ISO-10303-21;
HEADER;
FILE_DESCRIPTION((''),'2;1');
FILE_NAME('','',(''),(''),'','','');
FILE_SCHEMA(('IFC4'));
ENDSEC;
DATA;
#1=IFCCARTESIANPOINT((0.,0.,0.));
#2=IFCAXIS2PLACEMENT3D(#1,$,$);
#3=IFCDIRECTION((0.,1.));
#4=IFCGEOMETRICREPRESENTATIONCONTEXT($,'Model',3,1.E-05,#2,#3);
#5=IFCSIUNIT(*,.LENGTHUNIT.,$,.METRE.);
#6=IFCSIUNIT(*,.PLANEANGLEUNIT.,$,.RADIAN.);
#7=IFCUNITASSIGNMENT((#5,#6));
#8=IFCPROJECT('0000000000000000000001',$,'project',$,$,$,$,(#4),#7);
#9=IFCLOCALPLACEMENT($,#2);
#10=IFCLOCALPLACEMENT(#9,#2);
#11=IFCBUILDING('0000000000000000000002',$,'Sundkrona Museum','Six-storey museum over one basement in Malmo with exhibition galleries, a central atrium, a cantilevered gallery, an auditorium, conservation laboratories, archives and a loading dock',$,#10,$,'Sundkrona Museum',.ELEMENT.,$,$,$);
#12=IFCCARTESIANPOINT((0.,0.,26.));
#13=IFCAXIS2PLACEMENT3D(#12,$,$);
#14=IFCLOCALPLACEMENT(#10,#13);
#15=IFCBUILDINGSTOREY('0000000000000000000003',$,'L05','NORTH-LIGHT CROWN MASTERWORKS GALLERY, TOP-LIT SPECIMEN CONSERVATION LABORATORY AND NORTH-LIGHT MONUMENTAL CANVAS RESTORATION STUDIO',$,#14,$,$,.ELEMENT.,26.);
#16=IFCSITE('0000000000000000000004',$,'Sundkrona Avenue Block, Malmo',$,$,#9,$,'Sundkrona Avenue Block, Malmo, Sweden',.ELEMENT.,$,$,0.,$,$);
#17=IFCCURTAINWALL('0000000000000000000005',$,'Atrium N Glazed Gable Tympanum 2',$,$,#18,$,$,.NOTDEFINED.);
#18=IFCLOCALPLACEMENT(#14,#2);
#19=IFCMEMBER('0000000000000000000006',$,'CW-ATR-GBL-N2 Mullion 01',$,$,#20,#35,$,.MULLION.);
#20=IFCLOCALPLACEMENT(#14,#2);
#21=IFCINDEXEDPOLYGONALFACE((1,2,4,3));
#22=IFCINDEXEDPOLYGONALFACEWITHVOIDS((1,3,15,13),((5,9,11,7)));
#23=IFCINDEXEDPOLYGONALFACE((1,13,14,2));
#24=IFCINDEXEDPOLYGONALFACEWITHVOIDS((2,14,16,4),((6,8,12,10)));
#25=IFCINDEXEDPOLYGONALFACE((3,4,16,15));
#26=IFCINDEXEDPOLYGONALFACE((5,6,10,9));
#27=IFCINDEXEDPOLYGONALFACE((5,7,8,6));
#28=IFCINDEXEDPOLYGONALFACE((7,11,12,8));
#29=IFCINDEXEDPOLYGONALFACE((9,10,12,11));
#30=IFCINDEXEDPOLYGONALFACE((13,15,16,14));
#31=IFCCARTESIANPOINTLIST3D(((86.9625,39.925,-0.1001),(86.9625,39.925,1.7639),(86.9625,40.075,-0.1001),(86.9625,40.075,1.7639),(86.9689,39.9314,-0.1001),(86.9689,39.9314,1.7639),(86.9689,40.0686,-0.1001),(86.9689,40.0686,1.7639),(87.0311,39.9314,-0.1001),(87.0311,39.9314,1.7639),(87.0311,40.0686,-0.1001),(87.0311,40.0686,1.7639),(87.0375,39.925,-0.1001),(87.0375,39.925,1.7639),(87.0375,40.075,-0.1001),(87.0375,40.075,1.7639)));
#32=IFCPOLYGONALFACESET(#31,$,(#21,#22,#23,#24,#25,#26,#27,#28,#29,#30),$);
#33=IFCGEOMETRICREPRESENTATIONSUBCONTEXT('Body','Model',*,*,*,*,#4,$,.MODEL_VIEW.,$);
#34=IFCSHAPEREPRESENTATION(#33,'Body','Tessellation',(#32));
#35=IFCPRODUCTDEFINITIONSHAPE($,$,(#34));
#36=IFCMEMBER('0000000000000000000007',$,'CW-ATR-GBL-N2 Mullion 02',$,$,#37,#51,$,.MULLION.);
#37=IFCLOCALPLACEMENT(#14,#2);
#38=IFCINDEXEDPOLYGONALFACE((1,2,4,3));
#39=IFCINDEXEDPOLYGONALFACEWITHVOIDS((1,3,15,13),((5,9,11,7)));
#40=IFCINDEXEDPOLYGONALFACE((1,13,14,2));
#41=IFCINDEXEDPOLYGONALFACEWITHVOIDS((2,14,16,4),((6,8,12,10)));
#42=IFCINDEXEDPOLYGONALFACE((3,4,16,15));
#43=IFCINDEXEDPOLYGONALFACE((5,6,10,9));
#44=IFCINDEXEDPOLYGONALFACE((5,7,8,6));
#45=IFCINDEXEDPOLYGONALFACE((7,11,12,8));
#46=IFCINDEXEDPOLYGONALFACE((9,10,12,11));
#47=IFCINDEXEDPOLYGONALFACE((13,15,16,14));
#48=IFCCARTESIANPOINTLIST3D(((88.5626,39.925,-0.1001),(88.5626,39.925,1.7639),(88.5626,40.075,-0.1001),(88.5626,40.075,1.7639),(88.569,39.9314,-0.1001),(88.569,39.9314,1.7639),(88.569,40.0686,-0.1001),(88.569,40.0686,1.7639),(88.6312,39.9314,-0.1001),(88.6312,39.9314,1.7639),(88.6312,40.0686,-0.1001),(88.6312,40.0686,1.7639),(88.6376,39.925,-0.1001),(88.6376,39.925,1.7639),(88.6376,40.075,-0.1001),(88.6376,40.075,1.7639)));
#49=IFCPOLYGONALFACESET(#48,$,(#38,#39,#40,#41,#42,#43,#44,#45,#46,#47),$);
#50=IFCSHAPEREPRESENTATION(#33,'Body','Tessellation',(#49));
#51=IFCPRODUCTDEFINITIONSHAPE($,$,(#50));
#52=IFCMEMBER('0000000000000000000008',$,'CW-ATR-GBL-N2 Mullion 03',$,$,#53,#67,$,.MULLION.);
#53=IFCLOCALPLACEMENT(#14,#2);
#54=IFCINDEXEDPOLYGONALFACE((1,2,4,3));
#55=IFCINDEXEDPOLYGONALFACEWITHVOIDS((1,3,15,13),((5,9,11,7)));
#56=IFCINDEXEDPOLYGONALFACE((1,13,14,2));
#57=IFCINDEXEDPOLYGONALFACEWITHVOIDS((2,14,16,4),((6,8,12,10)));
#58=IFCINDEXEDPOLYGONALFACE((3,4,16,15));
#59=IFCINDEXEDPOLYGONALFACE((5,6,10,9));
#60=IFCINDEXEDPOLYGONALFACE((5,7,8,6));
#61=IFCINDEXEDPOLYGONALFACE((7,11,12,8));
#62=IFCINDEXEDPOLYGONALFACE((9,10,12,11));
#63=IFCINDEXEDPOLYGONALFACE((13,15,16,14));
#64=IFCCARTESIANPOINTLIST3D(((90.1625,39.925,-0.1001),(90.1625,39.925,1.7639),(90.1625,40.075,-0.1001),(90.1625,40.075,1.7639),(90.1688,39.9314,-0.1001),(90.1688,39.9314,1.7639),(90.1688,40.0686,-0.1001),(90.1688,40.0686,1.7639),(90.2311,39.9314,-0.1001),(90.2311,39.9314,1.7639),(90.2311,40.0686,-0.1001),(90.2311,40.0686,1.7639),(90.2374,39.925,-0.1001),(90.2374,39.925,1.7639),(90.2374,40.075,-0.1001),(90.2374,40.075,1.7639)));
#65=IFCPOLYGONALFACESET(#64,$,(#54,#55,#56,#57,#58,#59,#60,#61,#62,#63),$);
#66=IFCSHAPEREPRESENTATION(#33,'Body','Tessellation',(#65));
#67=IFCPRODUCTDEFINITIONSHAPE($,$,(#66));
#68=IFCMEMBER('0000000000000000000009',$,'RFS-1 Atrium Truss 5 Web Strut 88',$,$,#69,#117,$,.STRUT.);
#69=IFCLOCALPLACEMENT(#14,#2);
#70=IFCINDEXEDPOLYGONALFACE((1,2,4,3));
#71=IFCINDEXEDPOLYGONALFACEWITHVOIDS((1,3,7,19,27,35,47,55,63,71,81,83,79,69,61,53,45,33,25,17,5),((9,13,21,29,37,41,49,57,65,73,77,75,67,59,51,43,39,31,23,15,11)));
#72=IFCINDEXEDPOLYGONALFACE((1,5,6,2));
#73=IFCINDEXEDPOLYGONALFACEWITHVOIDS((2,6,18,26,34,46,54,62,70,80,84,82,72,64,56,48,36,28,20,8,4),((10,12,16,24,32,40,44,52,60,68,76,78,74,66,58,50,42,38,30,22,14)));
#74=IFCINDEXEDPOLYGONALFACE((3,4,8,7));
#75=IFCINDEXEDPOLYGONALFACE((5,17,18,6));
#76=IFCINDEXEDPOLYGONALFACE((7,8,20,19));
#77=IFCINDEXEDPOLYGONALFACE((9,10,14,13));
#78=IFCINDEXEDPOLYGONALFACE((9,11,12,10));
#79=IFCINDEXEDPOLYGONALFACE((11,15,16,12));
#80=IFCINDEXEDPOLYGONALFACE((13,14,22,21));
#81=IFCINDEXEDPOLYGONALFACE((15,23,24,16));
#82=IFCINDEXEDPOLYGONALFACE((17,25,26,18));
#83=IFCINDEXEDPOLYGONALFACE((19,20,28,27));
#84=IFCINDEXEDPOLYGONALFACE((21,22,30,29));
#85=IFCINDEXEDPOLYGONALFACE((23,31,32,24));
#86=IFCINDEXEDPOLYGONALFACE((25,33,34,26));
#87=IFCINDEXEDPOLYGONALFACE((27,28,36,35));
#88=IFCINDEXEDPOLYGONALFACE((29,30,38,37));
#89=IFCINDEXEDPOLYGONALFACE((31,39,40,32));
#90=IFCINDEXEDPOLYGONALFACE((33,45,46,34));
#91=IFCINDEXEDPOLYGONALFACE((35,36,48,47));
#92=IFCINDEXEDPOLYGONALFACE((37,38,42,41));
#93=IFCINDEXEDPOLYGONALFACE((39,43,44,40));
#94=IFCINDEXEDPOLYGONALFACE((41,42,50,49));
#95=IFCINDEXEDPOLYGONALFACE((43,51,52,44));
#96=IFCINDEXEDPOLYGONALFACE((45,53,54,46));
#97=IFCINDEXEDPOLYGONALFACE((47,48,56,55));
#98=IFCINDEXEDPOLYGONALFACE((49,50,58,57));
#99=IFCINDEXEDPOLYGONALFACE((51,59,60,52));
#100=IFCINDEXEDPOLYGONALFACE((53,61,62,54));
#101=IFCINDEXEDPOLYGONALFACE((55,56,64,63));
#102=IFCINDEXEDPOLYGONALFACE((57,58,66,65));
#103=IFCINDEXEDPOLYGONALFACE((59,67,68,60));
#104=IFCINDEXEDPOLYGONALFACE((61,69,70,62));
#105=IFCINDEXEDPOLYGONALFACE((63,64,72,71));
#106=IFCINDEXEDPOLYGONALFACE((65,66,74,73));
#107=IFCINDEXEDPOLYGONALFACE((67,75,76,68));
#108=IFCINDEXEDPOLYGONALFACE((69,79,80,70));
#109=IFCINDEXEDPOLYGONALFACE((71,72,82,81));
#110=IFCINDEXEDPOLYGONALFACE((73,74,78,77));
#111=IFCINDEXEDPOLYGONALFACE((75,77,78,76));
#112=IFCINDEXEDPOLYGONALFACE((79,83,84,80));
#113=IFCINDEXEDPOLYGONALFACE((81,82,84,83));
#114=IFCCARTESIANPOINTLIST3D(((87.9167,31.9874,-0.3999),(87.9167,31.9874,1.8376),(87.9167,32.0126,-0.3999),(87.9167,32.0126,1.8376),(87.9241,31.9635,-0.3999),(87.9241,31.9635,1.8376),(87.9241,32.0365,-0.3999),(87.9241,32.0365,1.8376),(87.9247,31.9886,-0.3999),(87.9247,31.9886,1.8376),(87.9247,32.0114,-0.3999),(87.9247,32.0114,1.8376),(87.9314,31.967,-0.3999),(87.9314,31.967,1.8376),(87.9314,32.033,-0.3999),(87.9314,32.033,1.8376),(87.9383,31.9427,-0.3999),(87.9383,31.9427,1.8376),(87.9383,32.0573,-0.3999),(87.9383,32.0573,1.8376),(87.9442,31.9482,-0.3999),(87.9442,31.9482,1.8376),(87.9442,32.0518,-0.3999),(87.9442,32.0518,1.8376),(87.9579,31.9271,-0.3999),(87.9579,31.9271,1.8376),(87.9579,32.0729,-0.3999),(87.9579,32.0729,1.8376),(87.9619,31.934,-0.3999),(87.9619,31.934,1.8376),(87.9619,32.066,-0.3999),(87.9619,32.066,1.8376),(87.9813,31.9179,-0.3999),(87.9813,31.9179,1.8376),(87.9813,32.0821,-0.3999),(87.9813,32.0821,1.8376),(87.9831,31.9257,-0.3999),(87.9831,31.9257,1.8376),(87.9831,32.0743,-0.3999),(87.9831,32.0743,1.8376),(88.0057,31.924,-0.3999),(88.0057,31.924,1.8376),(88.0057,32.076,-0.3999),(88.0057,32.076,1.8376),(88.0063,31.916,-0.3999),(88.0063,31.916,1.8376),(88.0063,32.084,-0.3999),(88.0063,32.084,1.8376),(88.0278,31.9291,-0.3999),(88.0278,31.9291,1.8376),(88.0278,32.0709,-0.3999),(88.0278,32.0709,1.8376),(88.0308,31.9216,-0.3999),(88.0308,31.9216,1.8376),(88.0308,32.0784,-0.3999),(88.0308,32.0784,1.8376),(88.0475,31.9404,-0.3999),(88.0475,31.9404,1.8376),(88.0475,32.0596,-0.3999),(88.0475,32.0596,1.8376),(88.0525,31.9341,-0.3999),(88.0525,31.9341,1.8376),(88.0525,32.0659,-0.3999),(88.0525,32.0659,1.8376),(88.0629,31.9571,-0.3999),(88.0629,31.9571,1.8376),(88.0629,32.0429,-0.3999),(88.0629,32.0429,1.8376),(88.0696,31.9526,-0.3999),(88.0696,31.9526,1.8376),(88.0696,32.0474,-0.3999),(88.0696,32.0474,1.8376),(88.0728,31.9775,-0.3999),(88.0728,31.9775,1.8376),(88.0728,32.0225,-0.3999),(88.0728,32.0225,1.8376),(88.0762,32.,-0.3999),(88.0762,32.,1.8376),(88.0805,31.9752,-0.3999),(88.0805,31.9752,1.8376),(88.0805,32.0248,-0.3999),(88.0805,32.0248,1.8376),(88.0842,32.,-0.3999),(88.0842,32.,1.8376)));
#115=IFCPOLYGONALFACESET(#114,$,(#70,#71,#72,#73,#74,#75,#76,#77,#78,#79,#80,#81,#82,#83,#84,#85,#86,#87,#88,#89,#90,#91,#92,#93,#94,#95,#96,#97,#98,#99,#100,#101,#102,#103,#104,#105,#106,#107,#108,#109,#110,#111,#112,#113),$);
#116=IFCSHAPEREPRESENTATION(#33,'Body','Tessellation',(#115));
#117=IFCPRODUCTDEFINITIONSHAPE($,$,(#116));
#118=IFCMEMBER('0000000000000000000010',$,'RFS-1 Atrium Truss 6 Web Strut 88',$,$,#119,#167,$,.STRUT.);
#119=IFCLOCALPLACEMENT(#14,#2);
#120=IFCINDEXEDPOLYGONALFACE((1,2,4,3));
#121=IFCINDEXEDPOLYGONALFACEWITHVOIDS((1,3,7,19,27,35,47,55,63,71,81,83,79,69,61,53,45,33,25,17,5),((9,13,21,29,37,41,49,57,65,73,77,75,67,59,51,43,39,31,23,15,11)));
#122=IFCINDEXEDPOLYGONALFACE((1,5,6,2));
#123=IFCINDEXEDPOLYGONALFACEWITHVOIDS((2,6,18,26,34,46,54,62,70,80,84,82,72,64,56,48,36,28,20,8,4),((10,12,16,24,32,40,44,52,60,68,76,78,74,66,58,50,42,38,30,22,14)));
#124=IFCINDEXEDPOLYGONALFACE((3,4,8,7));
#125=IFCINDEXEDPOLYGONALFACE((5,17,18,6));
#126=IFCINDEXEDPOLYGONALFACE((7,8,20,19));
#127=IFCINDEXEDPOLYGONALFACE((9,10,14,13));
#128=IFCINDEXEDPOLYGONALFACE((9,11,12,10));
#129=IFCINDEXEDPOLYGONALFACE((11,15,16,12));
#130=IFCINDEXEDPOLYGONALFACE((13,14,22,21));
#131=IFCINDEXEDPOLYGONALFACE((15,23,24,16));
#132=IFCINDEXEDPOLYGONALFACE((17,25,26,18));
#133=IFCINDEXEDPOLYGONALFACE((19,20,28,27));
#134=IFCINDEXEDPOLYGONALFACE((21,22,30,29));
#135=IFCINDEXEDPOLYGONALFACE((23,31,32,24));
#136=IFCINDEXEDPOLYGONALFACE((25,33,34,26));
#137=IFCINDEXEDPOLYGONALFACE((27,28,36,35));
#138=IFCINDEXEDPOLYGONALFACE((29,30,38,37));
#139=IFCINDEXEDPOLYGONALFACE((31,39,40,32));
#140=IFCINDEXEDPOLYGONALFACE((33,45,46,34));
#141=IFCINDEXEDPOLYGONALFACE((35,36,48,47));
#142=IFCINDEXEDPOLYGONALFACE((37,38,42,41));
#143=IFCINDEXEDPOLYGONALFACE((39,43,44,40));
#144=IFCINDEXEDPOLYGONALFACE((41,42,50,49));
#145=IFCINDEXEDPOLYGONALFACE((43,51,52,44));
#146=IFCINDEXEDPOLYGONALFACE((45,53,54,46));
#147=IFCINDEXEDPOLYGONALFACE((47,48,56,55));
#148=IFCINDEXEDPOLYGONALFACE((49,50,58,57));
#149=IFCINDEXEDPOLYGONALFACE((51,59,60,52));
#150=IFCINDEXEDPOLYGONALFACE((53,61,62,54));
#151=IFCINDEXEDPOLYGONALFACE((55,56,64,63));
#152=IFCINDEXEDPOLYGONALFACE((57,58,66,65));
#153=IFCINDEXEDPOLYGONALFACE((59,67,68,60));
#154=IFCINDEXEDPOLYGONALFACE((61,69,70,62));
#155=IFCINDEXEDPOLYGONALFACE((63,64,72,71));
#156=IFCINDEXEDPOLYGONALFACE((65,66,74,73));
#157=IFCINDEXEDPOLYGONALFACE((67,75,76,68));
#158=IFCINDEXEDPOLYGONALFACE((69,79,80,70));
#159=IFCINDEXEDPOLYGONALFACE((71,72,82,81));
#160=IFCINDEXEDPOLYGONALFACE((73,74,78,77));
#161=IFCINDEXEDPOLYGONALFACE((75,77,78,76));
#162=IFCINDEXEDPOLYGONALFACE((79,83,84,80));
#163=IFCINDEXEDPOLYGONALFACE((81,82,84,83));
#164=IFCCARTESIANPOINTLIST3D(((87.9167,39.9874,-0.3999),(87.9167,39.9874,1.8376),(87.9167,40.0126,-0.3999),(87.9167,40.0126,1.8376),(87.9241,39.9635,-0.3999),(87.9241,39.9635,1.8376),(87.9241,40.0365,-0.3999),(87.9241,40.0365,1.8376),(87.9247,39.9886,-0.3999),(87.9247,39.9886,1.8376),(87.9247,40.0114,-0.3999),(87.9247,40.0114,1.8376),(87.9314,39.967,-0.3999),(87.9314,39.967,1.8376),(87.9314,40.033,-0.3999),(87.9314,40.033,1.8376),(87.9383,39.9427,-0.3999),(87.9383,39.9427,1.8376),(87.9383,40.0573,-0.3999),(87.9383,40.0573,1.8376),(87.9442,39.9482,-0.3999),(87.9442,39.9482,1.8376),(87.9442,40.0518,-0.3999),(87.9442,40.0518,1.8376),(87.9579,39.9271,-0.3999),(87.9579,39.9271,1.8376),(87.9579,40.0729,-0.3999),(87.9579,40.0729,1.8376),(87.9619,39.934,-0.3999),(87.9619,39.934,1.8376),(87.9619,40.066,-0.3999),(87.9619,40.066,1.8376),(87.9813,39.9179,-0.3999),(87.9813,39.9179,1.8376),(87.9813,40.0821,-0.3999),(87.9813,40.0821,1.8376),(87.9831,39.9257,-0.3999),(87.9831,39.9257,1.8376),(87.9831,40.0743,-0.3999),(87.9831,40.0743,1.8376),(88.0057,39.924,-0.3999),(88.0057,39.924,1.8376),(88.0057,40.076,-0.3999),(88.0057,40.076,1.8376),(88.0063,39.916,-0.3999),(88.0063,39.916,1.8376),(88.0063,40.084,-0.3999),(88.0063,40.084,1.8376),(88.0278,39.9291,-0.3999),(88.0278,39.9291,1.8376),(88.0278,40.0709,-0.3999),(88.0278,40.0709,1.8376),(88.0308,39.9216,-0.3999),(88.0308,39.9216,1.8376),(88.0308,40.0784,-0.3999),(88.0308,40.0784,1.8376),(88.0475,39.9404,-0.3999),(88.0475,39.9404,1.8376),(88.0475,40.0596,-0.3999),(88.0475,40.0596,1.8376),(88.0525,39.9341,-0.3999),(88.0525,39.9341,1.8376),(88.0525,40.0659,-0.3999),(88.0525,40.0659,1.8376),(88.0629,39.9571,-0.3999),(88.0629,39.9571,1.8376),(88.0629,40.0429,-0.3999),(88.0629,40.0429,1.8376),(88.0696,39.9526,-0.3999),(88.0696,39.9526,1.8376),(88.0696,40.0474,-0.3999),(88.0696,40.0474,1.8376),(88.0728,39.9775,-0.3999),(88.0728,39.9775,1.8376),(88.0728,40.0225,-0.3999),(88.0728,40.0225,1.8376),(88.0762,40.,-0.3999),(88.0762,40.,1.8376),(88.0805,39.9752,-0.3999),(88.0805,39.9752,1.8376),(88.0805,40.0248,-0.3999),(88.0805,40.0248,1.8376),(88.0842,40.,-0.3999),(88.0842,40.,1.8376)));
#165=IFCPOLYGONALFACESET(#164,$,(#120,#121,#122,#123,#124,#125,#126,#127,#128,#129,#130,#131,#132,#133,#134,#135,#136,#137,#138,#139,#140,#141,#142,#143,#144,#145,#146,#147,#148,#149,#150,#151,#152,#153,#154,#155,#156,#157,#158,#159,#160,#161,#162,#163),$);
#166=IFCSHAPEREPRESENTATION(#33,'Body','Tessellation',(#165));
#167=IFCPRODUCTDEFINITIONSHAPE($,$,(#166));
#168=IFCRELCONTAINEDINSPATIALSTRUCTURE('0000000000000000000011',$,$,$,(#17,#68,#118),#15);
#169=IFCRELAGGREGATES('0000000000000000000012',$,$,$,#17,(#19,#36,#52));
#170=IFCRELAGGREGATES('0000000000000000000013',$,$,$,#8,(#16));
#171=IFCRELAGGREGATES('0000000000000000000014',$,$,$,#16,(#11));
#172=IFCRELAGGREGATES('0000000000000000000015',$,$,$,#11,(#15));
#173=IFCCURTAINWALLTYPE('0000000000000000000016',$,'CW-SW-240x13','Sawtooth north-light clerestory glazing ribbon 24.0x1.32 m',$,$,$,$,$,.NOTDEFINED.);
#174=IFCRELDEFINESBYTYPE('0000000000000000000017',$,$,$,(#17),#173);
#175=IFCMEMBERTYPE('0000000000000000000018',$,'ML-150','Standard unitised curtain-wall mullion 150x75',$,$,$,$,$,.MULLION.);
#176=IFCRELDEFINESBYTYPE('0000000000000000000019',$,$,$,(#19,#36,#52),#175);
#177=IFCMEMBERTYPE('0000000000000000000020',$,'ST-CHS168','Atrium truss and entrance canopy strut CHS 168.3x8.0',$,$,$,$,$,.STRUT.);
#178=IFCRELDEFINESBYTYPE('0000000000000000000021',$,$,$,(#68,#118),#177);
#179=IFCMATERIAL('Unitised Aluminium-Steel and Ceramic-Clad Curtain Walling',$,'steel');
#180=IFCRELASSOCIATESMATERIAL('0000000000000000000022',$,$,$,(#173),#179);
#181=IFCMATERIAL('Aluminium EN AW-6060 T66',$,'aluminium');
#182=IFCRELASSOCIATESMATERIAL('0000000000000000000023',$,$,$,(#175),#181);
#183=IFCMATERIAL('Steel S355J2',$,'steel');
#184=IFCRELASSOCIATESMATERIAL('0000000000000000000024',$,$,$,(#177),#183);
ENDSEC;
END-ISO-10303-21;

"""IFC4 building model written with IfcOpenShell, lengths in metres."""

from ifc_helpers import new_model, si_unit, direction, frame, origin, origin_2d, place, context, subcontext, project, spatial, hollow_rectangle, hollow_circle, extrude, material, material_profile, profile_set, type_object, element, aggregate, save


model = new_model("IFC4")

# Units and contexts
model_context = context("Model", 3, precision=1e-05, world=origin(), true_north=direction((0.0, 1.0)))
body_context = subcontext(model_context, "Body", "Model", "MODEL_VIEW")
ifc_project = project(units=[si_unit("LENGTHUNIT", "METRE"), si_unit("PLANEANGLEUNIT", "RADIAN")], contexts=[model_context])

# Site, building, storey
site_placement = place(None, origin())
site = spatial("IfcSite", under=ifc_project, at=site_placement, Name="Sundkrona Avenue Block, Malmo", LongName="Sundkrona Avenue Block, Malmo, Sweden", CompositionType="ELEMENT", RefElevation=0.0)
building_placement = place(site_placement, origin())
building = spatial("IfcBuilding", under=site, at=building_placement, Name="Sundkrona Museum", Description="Six-storey museum over one basement in Malmo with exhibition galleries, a central atrium, a cantilevered gallery, an auditorium, conservation laboratories, archives and a loading dock", LongName="Sundkrona Museum", CompositionType="ELEMENT")
storey_placement = place(building_placement, frame((0.0, 0.0, 26.0)))
storey = spatial("IfcBuildingStorey", under=building, at=storey_placement, Name="L05", Description="NORTH-LIGHT CROWN MASTERWORKS GALLERY, TOP-LIT SPECIMEN CONSERVATION LABORATORY AND NORTH-LIGHT MONUMENTAL CANVAS RESTORATION STUDIO", CompositionType="ELEMENT", Elevation=26.0)

# Curtain wall, members
ifc_material_1 = material(Name="Unitised Aluminium-Steel and Ceramic-Clad Curtain Walling", Category="steel")
curtain_wall_type = type_object("IfcCurtainWallType", Name="CW-SW-240x13", Description="Sawtooth north-light clerestory glazing ribbon 24.0x1.32 m", PredefinedType="NOTDEFINED", material=ifc_material_1)
curtain_wall_placement = place(storey_placement, origin())
curtain_wall = element("IfcCurtainWall", 1, at=curtain_wall_placement, inside=storey, type_object=curtain_wall_type, Name="Atrium N Glazed Gable Tympanum 2", PredefinedType="NOTDEFINED")
ifc_material_2 = material(Name="Aluminium EN AW-6060 T66", Category="aluminium")
ifc_material_profile_1 = material_profile(ifc_material_2, hollow_rectangle(XDim=0.075, YDim=0.1499, WallThickness=0.0063, at=origin_2d()), Name="RHS 150x75x6.3")
ifc_profile_set_1 = profile_set([ifc_material_profile_1], Name="Aluminium EN AW-6060 T66")
member_type_1 = type_object("IfcMemberType", Name="ML-150", Description="Standard unitised curtain-wall mullion 150x75", PredefinedType="MULLION", material=ifc_profile_set_1)
member_1_placement = place(storey_placement, frame((87.0, 40.0, -0.1001), z_axis=(0.0, 0.0, 1.0), x_axis=(1.0, 0.0, 0.0)))
member_1 = element("IfcMember", 2, at=member_1_placement, type_object=member_type_1, Name="CW-ATR-GBL-N2 Mullion 01", PredefinedType="MULLION", context=body_context, shape_type="SweptSolid", body=[
    extrude(hollow_rectangle(XDim=0.075, YDim=0.1499, WallThickness=0.0063, at=origin_2d()), origin(), (0.0, 0.0, 1.0), 1.864),
])
member_2_placement = place(storey_placement, frame((88.6001, 40.0, -0.1001), z_axis=(0.0, 0.0, 1.0), x_axis=(1.0, 0.0, 0.0)))
member_2 = element("IfcMember", 3, at=member_2_placement, type_object=member_type_1, Name="CW-ATR-GBL-N2 Mullion 02", PredefinedType="MULLION", context=body_context, shape_type="SweptSolid", body=[
    extrude(hollow_rectangle(XDim=0.075, YDim=0.1499, WallThickness=0.0063, at=origin_2d()), origin(), (0.0, 0.0, 1.0), 1.864),
])
member_3_placement = place(storey_placement, frame((90.2, 40.0, -0.1001), z_axis=(0.0, 0.0, 1.0), x_axis=(1.0, 0.0, 0.0)))
member_3 = element("IfcMember", 4, at=member_3_placement, type_object=member_type_1, Name="CW-ATR-GBL-N2 Mullion 03", PredefinedType="MULLION", context=body_context, shape_type="SweptSolid", body=[
    extrude(hollow_rectangle(XDim=0.075, YDim=0.1499, WallThickness=0.0063, at=origin_2d()), origin(), (0.0, 0.0, 1.0), 1.864),
])

# Members
ifc_material_3 = material(Name="Steel S355J2", Category="steel")
ifc_material_profile_2 = material_profile(ifc_material_3, hollow_circle(Radius=0.0842, WallThickness=0.0081, at=origin_2d()), Name="CHS 168.3x8.0")
ifc_profile_set_2 = profile_set([ifc_material_profile_2], Name="Steel S355J2")
member_type_2 = type_object("IfcMemberType", Name="ST-CHS168", Description="Atrium truss and entrance canopy strut CHS 168.3x8.0", PredefinedType="STRUT", material=ifc_profile_set_2)
for number, where, z_axis, x_axis, name in (
    (5, (88.0, 32.0, -0.3999), (0.0, 0.0, 1.0), (1.0, 0.0, 0.0), "RFS-1 Atrium Truss 5 Web Strut 88"),
    (6, (88.0, 40.0, -0.3999), (0.0, 0.0, 1.0), (1.0, 0.0, 0.0), "RFS-1 Atrium Truss 6 Web Strut 88"),
):
    element("IfcMember", number, at=place(storey_placement, frame(where, z_axis=z_axis, x_axis=x_axis)), inside=storey, type_object=member_type_2, Name=name, PredefinedType="STRUT", context=body_context, shape_type="SweptSolid", body=[
        extrude(hollow_circle(Radius=0.0842, WallThickness=0.0081, at=origin_2d()), origin(), (0.0, 0.0, 1.0), 2.2375),
    ])

aggregate(curtain_wall, [member_1, member_2, member_3])

save(model, "model.ifc")
